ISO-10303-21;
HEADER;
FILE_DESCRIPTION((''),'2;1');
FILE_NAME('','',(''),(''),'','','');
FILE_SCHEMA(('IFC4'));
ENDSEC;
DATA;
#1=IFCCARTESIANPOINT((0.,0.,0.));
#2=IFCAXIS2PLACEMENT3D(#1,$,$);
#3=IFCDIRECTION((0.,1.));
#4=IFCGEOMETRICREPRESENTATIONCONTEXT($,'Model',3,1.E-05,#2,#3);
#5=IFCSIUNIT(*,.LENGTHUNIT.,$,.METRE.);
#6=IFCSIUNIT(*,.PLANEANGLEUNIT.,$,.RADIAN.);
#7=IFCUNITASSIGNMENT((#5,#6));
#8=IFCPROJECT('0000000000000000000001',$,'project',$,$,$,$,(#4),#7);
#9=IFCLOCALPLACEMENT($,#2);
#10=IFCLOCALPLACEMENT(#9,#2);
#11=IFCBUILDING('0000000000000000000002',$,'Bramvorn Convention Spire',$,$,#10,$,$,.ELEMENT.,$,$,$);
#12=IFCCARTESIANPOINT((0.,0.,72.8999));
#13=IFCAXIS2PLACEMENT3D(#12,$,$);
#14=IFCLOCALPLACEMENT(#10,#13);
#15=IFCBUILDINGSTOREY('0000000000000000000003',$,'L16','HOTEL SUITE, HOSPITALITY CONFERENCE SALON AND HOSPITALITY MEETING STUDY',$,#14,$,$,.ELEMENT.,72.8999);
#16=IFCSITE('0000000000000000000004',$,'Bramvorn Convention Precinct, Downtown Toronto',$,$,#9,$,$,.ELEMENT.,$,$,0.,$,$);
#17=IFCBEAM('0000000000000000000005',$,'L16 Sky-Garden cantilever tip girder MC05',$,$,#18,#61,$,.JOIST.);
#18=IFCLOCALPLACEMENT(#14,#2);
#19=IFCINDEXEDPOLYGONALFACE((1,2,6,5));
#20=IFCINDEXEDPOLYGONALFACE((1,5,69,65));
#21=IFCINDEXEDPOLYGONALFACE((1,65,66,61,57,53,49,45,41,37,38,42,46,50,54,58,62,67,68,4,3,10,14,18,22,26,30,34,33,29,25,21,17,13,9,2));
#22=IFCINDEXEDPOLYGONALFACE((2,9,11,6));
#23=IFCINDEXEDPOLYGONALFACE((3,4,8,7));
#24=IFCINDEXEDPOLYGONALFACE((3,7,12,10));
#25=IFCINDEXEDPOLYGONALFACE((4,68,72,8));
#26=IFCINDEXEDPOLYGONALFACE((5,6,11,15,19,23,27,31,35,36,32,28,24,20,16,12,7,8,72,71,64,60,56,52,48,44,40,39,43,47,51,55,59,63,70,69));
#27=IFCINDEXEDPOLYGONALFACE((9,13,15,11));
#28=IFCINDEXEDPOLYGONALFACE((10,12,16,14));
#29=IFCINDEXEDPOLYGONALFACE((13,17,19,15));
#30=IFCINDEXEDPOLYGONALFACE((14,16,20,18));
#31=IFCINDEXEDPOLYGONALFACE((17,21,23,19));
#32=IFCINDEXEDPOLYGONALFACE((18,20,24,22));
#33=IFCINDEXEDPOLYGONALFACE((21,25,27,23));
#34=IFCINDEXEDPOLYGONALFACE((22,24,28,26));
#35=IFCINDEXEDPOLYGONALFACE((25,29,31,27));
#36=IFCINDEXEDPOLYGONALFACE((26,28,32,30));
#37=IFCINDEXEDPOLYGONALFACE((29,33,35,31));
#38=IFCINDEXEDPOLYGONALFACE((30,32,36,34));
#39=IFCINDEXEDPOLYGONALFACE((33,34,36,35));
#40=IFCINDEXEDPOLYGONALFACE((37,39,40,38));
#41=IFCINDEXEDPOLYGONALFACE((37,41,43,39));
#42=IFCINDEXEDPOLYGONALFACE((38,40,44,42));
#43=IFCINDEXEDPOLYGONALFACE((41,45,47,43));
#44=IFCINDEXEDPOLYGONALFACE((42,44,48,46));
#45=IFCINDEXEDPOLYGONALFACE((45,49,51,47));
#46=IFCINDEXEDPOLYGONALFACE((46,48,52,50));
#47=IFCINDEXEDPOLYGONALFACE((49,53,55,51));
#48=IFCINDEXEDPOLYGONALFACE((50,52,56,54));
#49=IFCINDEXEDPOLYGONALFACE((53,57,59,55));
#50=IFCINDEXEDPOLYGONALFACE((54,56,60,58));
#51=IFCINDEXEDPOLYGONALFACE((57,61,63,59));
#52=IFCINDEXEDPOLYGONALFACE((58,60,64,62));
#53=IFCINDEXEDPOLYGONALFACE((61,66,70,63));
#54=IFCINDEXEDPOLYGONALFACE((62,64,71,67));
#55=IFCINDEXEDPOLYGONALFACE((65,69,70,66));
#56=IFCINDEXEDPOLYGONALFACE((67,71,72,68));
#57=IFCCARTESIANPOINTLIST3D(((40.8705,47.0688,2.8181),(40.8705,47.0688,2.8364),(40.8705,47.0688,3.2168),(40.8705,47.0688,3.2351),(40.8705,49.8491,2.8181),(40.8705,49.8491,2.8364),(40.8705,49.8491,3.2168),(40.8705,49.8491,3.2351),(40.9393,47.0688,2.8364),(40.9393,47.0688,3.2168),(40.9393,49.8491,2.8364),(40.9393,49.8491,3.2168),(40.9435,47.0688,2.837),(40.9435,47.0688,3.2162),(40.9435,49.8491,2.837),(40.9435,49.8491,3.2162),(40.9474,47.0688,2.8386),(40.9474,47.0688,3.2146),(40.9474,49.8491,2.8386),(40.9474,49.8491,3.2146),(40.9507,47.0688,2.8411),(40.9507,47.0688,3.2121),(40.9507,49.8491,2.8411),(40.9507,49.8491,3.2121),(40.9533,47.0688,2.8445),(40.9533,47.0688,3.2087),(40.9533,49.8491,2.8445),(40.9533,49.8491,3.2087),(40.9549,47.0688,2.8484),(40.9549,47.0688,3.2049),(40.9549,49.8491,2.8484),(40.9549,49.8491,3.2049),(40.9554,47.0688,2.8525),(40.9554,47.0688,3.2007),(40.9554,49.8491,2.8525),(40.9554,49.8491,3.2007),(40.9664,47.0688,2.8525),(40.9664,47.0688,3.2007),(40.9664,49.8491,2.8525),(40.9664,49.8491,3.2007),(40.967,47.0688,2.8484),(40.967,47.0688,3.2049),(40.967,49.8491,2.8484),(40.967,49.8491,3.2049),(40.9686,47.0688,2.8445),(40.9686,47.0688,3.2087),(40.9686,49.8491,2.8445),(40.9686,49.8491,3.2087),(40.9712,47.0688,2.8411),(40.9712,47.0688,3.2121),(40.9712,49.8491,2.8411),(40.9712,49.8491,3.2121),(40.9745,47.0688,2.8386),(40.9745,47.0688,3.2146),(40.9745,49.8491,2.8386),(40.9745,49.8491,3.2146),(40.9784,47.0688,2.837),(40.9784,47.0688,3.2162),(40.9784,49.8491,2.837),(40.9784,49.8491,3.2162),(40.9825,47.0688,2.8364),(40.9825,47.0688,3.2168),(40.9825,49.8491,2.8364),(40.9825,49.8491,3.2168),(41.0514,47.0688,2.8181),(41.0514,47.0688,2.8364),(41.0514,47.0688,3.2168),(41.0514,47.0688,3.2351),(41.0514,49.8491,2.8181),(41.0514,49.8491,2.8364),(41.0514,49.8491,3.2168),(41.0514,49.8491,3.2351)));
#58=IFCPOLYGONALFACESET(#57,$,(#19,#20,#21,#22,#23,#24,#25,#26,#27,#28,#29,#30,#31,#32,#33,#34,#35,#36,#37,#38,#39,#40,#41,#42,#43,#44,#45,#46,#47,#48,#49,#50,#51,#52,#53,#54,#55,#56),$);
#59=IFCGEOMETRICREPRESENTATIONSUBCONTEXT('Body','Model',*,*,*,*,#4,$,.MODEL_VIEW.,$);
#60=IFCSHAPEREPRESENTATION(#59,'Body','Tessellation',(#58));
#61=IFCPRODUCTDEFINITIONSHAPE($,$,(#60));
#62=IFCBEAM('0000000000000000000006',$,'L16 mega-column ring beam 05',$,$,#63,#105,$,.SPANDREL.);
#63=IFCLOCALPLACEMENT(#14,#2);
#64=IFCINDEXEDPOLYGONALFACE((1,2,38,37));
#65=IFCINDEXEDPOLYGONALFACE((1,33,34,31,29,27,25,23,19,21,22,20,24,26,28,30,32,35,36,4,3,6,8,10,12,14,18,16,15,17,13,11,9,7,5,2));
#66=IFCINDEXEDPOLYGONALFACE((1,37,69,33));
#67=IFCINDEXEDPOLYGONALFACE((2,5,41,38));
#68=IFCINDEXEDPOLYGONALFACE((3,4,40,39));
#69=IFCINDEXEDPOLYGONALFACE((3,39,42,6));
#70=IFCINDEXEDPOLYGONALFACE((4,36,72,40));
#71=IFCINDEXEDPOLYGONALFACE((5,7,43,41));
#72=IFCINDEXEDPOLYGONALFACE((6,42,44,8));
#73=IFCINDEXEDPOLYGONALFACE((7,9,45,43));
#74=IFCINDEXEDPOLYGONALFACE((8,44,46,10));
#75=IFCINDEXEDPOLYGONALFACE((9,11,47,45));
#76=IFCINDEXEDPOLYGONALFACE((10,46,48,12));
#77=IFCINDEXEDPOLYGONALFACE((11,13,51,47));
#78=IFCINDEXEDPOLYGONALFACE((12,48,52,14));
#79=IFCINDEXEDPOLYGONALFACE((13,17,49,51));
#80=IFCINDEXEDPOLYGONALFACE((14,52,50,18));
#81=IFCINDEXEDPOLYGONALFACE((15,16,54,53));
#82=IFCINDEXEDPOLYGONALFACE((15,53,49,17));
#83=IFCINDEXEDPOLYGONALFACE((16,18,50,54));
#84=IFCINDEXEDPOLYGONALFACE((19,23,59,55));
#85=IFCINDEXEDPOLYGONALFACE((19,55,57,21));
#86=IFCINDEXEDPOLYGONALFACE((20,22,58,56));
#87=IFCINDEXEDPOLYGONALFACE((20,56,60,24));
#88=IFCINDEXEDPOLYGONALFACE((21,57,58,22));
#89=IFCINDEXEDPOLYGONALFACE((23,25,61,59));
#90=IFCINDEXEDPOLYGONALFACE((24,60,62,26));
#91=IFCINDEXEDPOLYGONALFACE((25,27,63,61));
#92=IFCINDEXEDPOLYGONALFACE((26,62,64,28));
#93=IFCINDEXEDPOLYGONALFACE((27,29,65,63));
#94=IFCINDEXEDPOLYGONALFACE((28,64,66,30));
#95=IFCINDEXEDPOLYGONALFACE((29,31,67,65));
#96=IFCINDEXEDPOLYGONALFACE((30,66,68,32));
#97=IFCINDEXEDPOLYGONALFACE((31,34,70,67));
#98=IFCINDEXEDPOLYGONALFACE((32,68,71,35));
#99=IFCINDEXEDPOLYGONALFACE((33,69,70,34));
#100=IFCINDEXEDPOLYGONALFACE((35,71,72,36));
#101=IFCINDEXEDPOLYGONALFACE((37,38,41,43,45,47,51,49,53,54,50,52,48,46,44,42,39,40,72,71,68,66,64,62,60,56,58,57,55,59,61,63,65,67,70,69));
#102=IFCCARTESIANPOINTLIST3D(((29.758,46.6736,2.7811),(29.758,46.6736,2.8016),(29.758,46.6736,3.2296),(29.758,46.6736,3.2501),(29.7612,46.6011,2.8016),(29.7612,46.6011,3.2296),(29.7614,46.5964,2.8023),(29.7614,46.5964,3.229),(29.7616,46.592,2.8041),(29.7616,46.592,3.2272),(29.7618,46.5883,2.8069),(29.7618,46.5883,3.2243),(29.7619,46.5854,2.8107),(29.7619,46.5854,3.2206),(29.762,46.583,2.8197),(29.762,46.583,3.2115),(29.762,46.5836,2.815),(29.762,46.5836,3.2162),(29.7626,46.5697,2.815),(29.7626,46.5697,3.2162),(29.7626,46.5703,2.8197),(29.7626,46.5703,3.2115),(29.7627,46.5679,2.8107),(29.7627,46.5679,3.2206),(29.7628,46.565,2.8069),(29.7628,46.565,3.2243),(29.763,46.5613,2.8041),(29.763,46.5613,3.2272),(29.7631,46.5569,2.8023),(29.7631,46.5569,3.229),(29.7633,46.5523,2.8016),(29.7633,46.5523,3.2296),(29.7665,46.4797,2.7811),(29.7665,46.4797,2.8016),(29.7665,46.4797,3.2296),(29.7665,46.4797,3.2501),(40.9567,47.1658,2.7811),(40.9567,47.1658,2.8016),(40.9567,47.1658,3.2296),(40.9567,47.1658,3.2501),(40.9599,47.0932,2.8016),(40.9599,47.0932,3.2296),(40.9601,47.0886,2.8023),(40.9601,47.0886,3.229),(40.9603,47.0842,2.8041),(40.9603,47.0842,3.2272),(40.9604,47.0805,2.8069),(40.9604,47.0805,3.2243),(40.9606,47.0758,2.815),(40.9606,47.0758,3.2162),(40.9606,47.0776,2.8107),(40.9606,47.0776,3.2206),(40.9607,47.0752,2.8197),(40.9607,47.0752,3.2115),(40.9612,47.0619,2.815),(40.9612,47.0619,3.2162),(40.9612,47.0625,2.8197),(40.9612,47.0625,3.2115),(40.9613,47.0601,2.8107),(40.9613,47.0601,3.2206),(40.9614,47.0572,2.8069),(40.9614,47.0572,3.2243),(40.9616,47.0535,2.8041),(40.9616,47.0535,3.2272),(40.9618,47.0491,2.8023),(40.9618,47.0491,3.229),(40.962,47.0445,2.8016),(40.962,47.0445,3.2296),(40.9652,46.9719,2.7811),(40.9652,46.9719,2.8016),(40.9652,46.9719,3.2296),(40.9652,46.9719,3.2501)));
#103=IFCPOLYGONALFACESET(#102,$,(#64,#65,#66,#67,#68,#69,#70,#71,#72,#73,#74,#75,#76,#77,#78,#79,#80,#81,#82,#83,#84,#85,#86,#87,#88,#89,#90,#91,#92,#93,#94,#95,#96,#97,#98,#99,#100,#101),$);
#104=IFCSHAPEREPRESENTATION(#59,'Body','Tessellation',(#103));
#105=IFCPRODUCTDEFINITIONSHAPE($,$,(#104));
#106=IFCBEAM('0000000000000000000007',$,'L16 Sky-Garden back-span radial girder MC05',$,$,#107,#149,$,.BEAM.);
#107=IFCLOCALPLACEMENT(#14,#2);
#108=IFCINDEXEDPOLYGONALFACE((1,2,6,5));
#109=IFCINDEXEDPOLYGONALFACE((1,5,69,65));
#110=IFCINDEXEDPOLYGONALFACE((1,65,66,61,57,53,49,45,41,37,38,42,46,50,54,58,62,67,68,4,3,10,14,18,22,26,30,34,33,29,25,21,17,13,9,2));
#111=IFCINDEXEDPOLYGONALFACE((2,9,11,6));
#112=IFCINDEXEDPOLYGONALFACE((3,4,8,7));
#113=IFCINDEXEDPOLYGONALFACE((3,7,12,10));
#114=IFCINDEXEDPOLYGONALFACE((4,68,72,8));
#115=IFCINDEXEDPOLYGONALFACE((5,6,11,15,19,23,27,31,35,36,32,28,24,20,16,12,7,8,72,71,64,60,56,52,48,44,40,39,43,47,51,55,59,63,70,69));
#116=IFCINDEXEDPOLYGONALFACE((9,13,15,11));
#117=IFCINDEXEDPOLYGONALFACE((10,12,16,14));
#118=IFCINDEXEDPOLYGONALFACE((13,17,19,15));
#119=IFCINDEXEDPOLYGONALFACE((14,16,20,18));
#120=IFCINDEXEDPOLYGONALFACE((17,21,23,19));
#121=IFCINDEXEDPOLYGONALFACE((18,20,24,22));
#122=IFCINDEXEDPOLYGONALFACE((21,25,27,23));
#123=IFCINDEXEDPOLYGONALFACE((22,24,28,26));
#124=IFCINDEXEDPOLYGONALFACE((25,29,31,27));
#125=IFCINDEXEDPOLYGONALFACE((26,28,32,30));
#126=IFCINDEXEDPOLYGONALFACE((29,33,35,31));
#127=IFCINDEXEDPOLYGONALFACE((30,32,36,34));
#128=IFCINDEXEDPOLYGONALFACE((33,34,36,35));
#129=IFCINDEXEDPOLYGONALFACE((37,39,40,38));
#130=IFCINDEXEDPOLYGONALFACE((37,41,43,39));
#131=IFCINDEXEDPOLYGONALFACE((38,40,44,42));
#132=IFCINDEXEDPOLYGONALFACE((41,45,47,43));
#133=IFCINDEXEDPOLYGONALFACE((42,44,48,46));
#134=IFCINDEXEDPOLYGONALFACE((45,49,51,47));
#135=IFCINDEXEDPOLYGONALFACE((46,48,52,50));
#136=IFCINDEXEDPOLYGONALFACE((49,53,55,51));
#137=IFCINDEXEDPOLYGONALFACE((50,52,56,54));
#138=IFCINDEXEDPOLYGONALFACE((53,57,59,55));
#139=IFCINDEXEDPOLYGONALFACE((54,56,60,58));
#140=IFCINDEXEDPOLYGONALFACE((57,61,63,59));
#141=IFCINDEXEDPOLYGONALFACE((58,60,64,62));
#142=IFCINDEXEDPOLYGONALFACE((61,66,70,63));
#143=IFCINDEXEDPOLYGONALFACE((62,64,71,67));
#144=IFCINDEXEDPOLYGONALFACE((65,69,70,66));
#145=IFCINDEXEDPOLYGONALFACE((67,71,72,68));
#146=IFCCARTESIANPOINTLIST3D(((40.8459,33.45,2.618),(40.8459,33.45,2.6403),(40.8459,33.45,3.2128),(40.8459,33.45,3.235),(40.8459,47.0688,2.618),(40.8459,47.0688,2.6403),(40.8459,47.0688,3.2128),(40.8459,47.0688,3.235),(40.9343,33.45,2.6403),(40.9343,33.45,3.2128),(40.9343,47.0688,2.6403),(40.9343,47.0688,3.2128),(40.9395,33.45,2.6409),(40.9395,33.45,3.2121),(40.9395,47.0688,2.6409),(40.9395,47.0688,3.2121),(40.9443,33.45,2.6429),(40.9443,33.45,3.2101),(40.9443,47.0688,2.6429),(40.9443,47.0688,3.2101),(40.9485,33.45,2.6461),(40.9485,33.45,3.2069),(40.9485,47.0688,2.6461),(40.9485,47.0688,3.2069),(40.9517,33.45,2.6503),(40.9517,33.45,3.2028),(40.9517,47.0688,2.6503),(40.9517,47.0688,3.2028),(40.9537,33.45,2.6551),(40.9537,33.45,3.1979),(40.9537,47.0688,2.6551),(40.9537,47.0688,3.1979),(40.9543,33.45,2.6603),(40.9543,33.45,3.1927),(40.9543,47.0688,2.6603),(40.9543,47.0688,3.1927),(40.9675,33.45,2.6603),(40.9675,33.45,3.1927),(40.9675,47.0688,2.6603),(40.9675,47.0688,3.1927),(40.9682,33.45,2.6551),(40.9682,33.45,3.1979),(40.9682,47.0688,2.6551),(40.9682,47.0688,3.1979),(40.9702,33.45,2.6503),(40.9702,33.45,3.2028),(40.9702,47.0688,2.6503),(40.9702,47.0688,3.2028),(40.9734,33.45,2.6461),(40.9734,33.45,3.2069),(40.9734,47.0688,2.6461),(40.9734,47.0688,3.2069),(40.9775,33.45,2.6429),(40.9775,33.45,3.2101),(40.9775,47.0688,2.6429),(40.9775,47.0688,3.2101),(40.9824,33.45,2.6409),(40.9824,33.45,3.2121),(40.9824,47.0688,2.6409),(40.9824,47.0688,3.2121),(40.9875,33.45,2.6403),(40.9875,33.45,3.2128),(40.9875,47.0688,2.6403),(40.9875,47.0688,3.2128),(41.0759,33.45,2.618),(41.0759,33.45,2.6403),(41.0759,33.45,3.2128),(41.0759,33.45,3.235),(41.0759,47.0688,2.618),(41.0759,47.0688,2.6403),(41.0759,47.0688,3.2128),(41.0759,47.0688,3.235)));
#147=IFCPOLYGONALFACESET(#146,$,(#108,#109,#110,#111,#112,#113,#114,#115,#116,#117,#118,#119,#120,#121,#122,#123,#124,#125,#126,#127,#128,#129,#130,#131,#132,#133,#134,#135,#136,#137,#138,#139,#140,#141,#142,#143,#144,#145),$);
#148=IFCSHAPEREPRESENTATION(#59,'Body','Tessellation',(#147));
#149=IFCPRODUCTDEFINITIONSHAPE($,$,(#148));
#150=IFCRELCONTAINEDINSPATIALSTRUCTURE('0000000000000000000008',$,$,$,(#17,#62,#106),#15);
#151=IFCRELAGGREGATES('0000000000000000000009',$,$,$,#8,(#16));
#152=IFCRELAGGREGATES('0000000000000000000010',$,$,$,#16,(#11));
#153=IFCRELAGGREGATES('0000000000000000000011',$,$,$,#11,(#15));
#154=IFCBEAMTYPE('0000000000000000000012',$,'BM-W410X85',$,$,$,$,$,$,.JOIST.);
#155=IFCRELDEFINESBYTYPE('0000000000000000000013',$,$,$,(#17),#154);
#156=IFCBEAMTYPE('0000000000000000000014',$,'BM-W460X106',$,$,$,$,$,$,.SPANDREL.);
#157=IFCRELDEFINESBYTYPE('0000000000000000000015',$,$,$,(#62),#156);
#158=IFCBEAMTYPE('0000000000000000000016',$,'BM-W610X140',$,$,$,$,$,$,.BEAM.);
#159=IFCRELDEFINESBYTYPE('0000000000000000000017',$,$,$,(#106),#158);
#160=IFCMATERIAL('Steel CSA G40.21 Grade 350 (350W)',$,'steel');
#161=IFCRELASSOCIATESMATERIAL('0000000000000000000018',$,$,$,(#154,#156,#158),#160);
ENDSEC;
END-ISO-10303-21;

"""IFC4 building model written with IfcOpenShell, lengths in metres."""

from ifc_helpers import new_model, si_unit, direction, frame, origin, origin_2d, place, context, subcontext, project, spatial, i_section, extrude, material, material_profile, profile_set, type_object, element, save


model = new_model("IFC4")

# Units and contexts
model_context = context("Model", 3, precision=1e-05, world=origin(), true_north=direction((0.0, 1.0)))
body_context = subcontext(model_context, "Body", "Model", "MODEL_VIEW")
ifc_project = project(units=[si_unit("LENGTHUNIT", "METRE"), si_unit("PLANEANGLEUNIT", "RADIAN")], contexts=[model_context])

# Site, building, storey
site_placement = place(None, origin())
site = spatial("IfcSite", under=ifc_project, at=site_placement, Name="Bramvorn Convention Precinct, Downtown Toronto", CompositionType="ELEMENT", RefElevation=0.0)
building_placement = place(site_placement, origin())
building = spatial("IfcBuilding", under=site, at=building_placement, Name="Bramvorn Convention Spire", CompositionType="ELEMENT")
storey_placement = place(building_placement, frame((0.0, 0.0, 72.8999)))
storey = spatial("IfcBuildingStorey", under=building, at=storey_placement, Name="L16", Description="HOTEL SUITE, HOSPITALITY CONFERENCE SALON AND HOSPITALITY MEETING STUDY", CompositionType="ELEMENT", Elevation=72.8999)

# Shared definitions
ifc_material_1 = material(Name="Steel CSA G40.21 Grade 350 (350W)", Category="steel")

# Beams
ifc_material_profile_1 = material_profile(ifc_material_1, i_section(OverallWidth=0.1809, OverallDepth=0.417, WebThickness=0.011, FlangeThickness=0.0183, FilletRadius=0.0161, at=origin_2d()))
ifc_profile_set_1 = profile_set([ifc_material_profile_1], Name="Steel CSA G40.21 Grade 350 (350W) - W410X85")
beam_type_1 = type_object("IfcBeamType", Name="BM-W410X85", PredefinedType="JOIST", material=ifc_profile_set_1)
beam_1_placement = place(storey_placement, frame((40.9609, 47.0688, 3.0266), z_axis=(0.0, 1.0, 0.0), x_axis=(-1.0, 0.0, 0.0)))
element("IfcBeam", 1, at=beam_1_placement, inside=storey, type_object=beam_type_1, Name="L16 Sky-Garden cantilever tip girder MC05", PredefinedType="JOIST", context=body_context, shape_type="SweptSolid", body=[
    extrude(i_section(OverallWidth=0.1809, OverallDepth=0.417, WebThickness=0.011, FlangeThickness=0.0183, FilletRadius=0.0161, at=origin_2d()), origin(), (0.0, 0.0, 1.0), 2.7803),
])
ifc_material_profile_2 = material_profile(ifc_material_1, i_section(OverallWidth=0.1941, OverallDepth=0.469, WebThickness=0.0127, FlangeThickness=0.0205, FilletRadius=0.0181, at=origin_2d()))
ifc_profile_set_2 = profile_set([ifc_material_profile_2], Name="Steel CSA G40.21 Grade 350 (350W) - W460X106")
beam_type_2 = type_object("IfcBeamType", Name="BM-W460X106", PredefinedType="SPANDREL", material=ifc_profile_set_2)
beam_2_placement = place(storey_placement, frame((40.9609, 47.0688, 3.0156), z_axis=(-0.999036, -0.043908, 0.0), x_axis=(0.043908, -0.999036, 0.0)))
element("IfcBeam", 2, at=beam_2_placement, inside=storey, type_object=beam_type_2, Name="L16 mega-column ring beam 05", PredefinedType="SPANDREL", context=body_context, shape_type="SweptSolid", body=[
    extrude(i_section(OverallWidth=0.1941, OverallDepth=0.469, WebThickness=0.0127, FlangeThickness=0.0205, FilletRadius=0.0181, at=origin_2d()), origin(), (0.0, 0.0, 1.0), 11.2095),
])
ifc_material_profile_3 = material_profile(ifc_material_1, i_section(OverallWidth=0.23, OverallDepth=0.6169, WebThickness=0.0132, FlangeThickness=0.0222, FilletRadius=0.02, at=origin_2d()))
ifc_profile_set_3 = profile_set([ifc_material_profile_3], Name="Steel CSA G40.21 Grade 350 (350W) - W610X140")
beam_type_3 = type_object("IfcBeamType", Name="BM-W610X140", PredefinedType="BEAM", material=ifc_profile_set_3)
beam_3_placement = place(storey_placement, frame((40.9609, 33.45, 2.9265), z_axis=(0.0, 1.0, 0.0), x_axis=(-1.0, 0.0, 0.0)))
element("IfcBeam", 3, at=beam_3_placement, inside=storey, type_object=beam_type_3, Name="L16 Sky-Garden back-span radial girder MC05", PredefinedType="BEAM", context=body_context, shape_type="SweptSolid", body=[
    extrude(i_section(OverallWidth=0.23, OverallDepth=0.6169, WebThickness=0.0132, FlangeThickness=0.0222, FilletRadius=0.02, at=origin_2d()), origin(), (0.0, 0.0, 1.0), 13.6189),
])

save(model, "model.ifc")
